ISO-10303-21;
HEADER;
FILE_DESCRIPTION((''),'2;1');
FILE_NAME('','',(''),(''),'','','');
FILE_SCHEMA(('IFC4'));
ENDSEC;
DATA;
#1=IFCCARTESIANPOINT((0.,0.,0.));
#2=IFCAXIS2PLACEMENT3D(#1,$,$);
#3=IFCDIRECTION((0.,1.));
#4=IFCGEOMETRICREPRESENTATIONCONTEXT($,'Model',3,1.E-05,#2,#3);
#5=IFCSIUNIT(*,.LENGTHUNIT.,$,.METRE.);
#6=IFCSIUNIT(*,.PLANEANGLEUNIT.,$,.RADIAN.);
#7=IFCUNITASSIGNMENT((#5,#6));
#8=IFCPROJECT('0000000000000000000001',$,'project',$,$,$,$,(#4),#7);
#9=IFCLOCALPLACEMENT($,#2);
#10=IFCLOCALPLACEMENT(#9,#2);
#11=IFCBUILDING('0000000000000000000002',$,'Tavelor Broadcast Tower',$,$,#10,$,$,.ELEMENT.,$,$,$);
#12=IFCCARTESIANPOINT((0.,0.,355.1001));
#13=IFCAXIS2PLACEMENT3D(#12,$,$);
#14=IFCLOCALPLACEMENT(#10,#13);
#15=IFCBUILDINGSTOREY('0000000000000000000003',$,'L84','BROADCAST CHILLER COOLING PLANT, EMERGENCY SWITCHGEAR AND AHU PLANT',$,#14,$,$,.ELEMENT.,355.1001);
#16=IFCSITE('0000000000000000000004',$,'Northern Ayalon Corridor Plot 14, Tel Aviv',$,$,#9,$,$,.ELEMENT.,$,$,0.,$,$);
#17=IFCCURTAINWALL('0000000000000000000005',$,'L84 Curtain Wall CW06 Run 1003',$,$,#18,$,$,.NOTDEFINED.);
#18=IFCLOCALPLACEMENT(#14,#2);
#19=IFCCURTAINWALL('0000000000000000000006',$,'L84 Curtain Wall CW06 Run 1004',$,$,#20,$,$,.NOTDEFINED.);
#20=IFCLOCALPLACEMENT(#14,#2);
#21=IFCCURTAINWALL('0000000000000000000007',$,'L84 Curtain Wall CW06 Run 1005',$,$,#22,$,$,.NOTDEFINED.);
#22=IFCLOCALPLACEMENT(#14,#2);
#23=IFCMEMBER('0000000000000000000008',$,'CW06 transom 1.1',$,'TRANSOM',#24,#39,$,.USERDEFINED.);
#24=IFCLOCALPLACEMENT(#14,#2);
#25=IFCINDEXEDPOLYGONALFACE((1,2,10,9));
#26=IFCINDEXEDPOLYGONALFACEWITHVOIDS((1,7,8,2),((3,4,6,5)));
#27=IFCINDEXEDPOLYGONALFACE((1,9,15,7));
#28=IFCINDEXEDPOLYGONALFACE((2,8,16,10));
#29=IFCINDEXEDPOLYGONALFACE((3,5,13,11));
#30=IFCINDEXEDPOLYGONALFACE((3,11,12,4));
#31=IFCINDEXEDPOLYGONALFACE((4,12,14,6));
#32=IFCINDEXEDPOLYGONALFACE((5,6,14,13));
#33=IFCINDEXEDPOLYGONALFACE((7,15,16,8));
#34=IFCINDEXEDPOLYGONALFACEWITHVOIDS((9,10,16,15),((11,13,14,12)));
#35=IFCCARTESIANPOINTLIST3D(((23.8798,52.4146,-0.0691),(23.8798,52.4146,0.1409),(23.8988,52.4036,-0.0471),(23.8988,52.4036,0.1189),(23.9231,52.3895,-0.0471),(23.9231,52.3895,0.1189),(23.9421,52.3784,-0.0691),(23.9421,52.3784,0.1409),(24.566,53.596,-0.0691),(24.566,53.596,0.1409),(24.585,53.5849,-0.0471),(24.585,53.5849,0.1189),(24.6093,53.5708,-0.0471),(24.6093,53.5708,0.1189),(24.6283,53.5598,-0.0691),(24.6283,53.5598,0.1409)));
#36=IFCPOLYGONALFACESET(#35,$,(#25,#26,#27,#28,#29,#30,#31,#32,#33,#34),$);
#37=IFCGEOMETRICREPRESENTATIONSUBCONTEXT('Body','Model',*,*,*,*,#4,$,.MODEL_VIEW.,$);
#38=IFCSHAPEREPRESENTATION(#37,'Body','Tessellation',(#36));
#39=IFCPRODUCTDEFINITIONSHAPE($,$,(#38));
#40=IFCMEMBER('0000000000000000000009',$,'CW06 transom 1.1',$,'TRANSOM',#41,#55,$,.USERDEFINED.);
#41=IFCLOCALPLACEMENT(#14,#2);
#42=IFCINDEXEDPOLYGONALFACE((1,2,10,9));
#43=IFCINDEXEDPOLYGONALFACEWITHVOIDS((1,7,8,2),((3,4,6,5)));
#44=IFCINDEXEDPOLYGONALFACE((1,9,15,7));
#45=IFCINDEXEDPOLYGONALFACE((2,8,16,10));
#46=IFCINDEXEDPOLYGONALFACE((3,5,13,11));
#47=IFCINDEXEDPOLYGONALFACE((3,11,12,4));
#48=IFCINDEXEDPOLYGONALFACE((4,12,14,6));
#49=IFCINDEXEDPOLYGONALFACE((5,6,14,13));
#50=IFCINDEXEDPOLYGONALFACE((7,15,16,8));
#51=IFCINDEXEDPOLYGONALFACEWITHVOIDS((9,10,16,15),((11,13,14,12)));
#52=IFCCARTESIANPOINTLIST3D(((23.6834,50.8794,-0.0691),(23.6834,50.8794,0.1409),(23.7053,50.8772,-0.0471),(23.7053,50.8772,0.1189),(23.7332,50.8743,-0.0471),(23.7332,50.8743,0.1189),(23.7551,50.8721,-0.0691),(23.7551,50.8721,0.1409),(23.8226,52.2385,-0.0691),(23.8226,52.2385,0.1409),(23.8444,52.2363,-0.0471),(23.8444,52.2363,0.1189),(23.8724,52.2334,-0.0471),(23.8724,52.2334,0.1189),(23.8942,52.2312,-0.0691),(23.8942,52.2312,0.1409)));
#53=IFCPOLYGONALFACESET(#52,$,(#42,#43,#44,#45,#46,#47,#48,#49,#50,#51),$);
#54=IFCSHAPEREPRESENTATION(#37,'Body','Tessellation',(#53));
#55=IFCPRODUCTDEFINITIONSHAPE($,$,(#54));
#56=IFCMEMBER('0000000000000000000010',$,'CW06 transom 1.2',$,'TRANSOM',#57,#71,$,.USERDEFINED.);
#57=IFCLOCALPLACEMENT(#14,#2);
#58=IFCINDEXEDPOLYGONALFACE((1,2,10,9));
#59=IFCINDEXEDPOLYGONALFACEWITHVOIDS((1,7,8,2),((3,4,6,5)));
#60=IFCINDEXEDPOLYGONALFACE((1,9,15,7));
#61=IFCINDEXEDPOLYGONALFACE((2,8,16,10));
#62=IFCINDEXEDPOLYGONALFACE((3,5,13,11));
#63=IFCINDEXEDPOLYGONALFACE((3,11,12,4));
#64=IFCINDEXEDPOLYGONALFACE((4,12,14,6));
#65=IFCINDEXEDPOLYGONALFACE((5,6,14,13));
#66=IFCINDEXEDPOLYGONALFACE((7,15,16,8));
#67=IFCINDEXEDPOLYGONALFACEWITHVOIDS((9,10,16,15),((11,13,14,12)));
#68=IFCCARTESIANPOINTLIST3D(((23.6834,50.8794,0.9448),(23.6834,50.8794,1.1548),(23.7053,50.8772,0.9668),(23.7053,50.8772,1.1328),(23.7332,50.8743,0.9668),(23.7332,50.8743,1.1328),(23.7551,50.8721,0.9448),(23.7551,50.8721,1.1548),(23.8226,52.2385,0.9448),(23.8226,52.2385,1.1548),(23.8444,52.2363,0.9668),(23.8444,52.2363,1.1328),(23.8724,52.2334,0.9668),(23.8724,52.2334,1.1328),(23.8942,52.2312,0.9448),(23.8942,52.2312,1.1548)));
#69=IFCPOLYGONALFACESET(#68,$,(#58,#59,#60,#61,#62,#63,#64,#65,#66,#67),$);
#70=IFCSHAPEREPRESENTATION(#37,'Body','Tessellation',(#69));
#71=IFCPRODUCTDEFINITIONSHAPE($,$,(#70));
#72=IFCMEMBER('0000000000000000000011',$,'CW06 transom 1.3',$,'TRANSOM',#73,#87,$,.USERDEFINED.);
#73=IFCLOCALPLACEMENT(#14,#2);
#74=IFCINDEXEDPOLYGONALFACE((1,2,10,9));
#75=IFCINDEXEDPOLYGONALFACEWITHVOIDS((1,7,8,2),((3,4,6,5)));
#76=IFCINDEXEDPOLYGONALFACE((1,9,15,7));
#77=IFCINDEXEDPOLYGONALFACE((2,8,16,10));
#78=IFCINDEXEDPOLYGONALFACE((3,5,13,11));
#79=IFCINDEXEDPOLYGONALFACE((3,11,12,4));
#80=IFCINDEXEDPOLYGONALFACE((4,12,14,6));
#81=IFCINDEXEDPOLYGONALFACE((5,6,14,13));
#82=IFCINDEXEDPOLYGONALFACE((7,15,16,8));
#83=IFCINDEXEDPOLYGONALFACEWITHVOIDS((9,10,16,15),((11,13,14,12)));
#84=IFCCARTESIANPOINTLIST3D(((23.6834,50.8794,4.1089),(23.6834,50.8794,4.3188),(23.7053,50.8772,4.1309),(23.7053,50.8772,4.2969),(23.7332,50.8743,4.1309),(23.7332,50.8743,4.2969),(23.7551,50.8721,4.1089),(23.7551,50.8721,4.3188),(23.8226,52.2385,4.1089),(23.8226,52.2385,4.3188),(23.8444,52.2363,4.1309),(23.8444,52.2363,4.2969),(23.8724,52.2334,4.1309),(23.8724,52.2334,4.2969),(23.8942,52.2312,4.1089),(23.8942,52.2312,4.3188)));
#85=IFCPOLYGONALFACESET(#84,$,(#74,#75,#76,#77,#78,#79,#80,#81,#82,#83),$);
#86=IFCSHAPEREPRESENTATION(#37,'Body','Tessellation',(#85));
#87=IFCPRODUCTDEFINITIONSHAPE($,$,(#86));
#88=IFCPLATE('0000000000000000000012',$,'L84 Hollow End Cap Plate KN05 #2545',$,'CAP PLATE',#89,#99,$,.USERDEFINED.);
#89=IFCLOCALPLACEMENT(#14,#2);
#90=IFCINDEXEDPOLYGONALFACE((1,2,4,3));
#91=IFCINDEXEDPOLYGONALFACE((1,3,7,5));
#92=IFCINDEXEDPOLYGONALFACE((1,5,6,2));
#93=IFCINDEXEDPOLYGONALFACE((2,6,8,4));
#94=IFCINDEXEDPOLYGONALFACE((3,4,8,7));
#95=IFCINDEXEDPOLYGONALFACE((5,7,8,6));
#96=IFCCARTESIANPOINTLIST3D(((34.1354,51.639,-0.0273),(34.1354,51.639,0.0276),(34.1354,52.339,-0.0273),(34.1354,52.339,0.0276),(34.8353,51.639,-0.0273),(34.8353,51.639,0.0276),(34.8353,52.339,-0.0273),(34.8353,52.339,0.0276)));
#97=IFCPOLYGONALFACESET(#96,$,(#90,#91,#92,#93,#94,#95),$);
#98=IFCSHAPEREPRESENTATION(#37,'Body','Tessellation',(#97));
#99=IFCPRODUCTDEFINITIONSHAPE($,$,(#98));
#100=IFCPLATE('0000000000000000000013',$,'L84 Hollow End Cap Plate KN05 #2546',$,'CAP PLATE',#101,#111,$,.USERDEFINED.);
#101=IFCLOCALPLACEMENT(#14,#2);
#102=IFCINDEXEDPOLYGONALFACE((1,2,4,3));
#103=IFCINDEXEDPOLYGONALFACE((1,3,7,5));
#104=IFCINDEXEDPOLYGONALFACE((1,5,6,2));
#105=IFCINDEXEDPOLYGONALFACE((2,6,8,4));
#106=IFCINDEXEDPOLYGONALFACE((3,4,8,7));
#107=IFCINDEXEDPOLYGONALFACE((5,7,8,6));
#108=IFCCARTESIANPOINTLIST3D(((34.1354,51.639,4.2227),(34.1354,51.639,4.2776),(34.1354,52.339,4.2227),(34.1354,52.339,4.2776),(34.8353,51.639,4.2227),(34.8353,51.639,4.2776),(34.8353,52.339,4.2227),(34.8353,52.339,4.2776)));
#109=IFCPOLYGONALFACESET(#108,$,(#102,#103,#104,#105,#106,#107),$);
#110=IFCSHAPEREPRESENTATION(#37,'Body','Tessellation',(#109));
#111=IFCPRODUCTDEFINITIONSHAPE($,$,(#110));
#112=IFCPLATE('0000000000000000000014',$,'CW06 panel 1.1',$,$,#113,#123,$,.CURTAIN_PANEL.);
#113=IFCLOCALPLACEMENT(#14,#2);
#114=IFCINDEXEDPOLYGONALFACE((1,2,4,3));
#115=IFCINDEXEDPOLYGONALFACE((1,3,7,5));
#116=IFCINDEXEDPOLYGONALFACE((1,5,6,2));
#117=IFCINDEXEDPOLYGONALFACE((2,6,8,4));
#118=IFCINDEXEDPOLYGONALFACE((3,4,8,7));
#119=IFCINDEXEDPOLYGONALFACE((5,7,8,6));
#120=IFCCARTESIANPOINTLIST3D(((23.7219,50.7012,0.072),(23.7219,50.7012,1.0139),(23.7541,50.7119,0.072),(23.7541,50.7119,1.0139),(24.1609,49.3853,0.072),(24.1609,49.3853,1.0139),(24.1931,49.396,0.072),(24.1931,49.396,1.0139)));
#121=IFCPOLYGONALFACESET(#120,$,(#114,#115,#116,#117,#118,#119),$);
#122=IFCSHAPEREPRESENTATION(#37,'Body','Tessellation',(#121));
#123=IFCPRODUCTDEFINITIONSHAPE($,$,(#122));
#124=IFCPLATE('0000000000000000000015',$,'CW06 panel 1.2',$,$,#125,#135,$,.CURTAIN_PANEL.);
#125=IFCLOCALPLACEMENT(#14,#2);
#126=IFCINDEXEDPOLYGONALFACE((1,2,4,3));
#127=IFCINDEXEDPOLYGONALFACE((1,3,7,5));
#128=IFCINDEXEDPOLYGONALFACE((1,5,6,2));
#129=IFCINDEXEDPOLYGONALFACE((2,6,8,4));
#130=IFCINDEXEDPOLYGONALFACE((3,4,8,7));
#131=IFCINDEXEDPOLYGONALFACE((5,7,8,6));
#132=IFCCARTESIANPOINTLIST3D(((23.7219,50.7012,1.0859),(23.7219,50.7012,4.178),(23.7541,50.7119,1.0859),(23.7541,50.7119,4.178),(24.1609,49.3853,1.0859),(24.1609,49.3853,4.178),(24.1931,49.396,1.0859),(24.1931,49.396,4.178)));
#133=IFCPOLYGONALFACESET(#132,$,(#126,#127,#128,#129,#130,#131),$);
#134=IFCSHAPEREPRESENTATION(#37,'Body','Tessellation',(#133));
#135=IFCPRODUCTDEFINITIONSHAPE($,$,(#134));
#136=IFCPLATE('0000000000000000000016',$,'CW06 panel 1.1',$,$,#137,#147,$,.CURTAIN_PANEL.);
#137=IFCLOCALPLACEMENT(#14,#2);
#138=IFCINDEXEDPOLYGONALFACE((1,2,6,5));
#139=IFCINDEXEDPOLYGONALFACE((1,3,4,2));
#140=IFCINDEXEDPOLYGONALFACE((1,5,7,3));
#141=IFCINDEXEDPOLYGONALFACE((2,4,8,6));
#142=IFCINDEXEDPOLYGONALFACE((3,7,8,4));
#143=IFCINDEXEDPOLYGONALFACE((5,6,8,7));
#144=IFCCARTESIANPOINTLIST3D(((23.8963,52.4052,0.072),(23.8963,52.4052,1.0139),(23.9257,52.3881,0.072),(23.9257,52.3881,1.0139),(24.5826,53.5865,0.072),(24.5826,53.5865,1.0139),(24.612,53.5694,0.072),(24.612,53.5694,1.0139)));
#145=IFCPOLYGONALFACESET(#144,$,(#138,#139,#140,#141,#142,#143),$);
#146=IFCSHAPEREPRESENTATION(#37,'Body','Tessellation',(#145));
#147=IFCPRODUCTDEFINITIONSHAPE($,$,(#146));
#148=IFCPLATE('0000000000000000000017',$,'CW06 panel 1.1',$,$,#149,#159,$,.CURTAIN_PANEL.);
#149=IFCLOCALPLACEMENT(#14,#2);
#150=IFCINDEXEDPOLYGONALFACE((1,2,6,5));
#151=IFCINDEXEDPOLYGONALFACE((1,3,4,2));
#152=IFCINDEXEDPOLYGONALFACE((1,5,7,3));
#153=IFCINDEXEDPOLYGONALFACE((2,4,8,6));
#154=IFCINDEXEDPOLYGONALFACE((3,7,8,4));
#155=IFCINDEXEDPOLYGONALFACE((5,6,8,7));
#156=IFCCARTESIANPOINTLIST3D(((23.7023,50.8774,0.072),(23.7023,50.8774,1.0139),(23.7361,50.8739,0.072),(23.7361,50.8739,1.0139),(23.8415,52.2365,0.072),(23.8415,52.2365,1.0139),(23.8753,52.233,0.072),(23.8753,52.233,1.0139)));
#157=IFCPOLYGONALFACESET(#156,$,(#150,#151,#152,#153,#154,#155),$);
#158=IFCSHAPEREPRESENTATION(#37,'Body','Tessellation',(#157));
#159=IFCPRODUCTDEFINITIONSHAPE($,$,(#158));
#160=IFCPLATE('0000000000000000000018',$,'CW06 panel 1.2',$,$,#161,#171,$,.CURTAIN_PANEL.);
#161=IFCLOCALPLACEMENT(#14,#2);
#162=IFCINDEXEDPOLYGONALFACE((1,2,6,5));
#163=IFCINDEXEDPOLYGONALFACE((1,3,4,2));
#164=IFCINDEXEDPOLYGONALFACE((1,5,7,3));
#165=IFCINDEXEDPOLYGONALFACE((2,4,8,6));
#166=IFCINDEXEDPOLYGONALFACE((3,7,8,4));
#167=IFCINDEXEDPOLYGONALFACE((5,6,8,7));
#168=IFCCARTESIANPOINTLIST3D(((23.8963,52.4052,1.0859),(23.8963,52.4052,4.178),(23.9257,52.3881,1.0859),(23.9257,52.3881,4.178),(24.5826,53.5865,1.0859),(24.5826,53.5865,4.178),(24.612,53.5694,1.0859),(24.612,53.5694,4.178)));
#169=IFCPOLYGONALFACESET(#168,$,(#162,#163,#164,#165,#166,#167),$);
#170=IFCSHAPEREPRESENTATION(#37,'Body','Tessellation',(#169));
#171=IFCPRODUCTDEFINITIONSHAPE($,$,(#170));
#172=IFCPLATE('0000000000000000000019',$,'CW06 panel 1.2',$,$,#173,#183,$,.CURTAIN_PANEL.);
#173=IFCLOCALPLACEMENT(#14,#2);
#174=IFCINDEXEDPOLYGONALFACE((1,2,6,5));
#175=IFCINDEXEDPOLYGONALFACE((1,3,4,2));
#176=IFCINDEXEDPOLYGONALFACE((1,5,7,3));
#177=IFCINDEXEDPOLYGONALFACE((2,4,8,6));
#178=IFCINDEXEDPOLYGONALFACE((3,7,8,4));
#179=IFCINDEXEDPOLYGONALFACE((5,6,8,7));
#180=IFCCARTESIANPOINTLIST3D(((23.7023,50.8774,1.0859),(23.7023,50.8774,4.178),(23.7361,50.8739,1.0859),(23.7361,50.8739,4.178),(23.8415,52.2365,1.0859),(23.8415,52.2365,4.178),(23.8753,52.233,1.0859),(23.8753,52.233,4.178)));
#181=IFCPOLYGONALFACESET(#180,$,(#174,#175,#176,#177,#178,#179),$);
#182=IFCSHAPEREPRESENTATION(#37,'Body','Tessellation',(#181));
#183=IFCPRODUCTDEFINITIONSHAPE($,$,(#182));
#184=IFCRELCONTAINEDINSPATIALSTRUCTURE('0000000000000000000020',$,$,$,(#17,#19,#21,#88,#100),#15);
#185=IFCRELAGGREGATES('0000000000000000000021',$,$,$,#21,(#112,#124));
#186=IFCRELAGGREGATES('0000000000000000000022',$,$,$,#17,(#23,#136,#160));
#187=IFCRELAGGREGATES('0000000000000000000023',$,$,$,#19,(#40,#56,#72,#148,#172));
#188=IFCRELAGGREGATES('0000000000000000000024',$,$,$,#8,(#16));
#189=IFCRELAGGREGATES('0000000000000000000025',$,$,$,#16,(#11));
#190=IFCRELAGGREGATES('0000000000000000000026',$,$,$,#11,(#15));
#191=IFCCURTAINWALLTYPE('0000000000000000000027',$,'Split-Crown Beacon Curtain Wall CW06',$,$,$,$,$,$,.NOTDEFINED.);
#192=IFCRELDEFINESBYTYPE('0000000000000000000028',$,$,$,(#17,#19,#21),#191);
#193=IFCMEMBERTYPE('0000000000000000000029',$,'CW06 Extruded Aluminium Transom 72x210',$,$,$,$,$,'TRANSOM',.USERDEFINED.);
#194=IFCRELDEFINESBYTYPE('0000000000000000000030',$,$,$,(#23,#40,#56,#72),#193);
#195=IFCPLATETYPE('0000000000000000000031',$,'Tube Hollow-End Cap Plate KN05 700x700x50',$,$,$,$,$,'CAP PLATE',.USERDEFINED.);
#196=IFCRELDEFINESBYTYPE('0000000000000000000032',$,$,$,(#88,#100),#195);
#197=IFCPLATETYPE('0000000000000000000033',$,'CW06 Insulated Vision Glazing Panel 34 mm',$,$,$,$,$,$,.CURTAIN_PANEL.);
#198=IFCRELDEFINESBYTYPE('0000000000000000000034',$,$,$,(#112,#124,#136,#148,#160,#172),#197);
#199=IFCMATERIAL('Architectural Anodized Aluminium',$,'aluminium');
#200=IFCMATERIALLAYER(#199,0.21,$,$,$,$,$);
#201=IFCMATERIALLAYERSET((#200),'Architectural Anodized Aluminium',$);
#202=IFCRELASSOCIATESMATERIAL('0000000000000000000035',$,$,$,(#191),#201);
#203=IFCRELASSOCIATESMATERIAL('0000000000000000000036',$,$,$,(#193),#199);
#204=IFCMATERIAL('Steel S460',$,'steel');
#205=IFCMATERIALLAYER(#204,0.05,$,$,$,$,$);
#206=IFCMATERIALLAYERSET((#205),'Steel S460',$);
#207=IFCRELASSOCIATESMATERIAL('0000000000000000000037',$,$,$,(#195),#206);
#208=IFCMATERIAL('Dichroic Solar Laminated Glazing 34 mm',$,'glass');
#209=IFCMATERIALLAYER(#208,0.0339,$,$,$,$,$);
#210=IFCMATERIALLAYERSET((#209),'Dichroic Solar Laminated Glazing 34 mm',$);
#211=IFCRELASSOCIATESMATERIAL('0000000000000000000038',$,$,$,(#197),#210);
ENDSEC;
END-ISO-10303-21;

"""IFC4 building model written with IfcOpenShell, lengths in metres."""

from ifc_helpers import new_model, si_unit, direction, frame, origin, origin_2d, place, context, subcontext, project, spatial, rectangle, hollow_rectangle, extrude, source, transform, mapped, material, layer, layer_set, material_profile, profile_set, type_object, type_shapes, element, aggregate, save


model = new_model("IFC4")

# Units and contexts
model_context = context("Model", 3, precision=1e-05, world=origin(), true_north=direction((0.0, 1.0)))
body_context = subcontext(model_context, "Body", "Model", "MODEL_VIEW")
ifc_project = project(units=[si_unit("LENGTHUNIT", "METRE"), si_unit("PLANEANGLEUNIT", "RADIAN")], contexts=[model_context])

# Site, building, storey
site_placement = place(None, origin())
site = spatial("IfcSite", under=ifc_project, at=site_placement, Name="Northern Ayalon Corridor Plot 14, Tel Aviv", CompositionType="ELEMENT", RefElevation=0.0)
building_placement = place(site_placement, origin())
building = spatial("IfcBuilding", under=site, at=building_placement, Name="Tavelor Broadcast Tower", CompositionType="ELEMENT")
storey_placement = place(building_placement, frame((0.0, 0.0, 355.1001)))
storey = spatial("IfcBuildingStorey", under=building, at=storey_placement, Name="L84", Description="BROADCAST CHILLER COOLING PLANT, EMERGENCY SWITCHGEAR AND AHU PLANT", CompositionType="ELEMENT", Elevation=355.1001)

# Curtain wall
ifc_material_1 = material(Name="Architectural Anodized Aluminium", Category="aluminium")
ifc_layer_1 = layer(ifc_material_1, 0.21)
ifc_layer_set_1 = layer_set([ifc_layer_1], Name="Architectural Anodized Aluminium")
curtain_wall_type = type_object("IfcCurtainWallType", Name="Split-Crown Beacon Curtain Wall CW06", PredefinedType="NOTDEFINED", material=ifc_layer_set_1)
curtain_wall_1_placement = place(storey_placement, origin())
curtain_wall_1 = element("IfcCurtainWall", 1, at=curtain_wall_1_placement, inside=storey, type_object=curtain_wall_type, Name="L84 Curtain Wall CW06 Run 1003", PredefinedType="NOTDEFINED")

# Curtain walls
curtain_wall_2_placement = place(storey_placement, origin())
curtain_wall_2 = element("IfcCurtainWall", 2, at=curtain_wall_2_placement, inside=storey, type_object=curtain_wall_type, Name="L84 Curtain Wall CW06 Run 1004", PredefinedType="NOTDEFINED")
curtain_wall_3_placement = place(storey_placement, origin())
curtain_wall_3 = element("IfcCurtainWall", 3, at=curtain_wall_3_placement, inside=storey, type_object=curtain_wall_type, Name="L84 Curtain Wall CW06 Run 1005", PredefinedType="NOTDEFINED")
ifc_material_profile_1 = material_profile(ifc_material_1, hollow_rectangle(XDim=0.072, YDim=0.21, WallThickness=0.022, at=origin_2d()), Name="RHS 72x210x22")
ifc_profile_set_1 = profile_set([ifc_material_profile_1], Name="Architectural Anodized Aluminium")
member_type_1 = type_object("IfcMemberType", Name="CW06 Extruded Aluminium Transom 72x210", ElementType="TRANSOM", PredefinedType="USERDEFINED", material=ifc_profile_set_1)

# Members
shared_shape_1 = source(origin(), body_context, "Body", "SweptSolid", [
    extrude(hollow_rectangle(XDim=0.072, YDim=0.21, WallThickness=0.022, at=origin_2d()), origin(), (0.0, 0.0, 1.0), 1.3662),
])
member_1_placement = place(storey_placement, frame((24.5972, 53.5779, 0.0359), z_axis=(-0.502304, -0.864691, 0.0), x_axis=(0.864691, -0.502304, 0.0)))
member_1 = element("IfcMember", 4, at=member_1_placement, type_object=member_type_1, Name="CW06 transom 1.1", ObjectType="TRANSOM", PredefinedType="USERDEFINED", context=body_context, shape_type="MappedRepresentation", body=[
    mapped(shared_shape_1, transform((0.0, 0.0, 0.0), scale=1.0)),
])
member_2_placement = place(storey_placement, frame((23.8584, 52.2349, 0.0359), z_axis=(-0.101857, -0.994799, 0.0), x_axis=(0.994799, -0.101857, 0.0)))
member_2 = element("IfcMember", 5, at=member_2_placement, type_object=member_type_1, Name="CW06 transom 1.1", ObjectType="TRANSOM", PredefinedType="USERDEFINED", context=body_context, shape_type="MappedRepresentation", body=[
    mapped(shared_shape_1, transform((0.0, 0.0, 0.0), scale=1.0)),
])
member_3_placement = place(storey_placement, frame((23.8584, 52.2349, 1.0498), z_axis=(-0.101857, -0.994799, 0.0), x_axis=(0.994799, -0.101857, 0.0)))
member_3 = element("IfcMember", 6, at=member_3_placement, type_object=member_type_1, Name="CW06 transom 1.2", ObjectType="TRANSOM", PredefinedType="USERDEFINED", context=body_context, shape_type="MappedRepresentation", body=[
    mapped(shared_shape_1, transform((0.0, 0.0, 0.0), scale=1.0)),
])
member_4_placement = place(storey_placement, frame((23.8584, 52.2349, 4.2139), z_axis=(-0.101857, -0.994799, 0.0), x_axis=(0.994799, -0.101857, 0.0)))
member_4 = element("IfcMember", 7, at=member_4_placement, type_object=member_type_1, Name="CW06 transom 1.3", ObjectType="TRANSOM", PredefinedType="USERDEFINED", context=body_context, shape_type="MappedRepresentation", body=[
    mapped(shared_shape_1, transform((0.0, 0.0, 0.0), scale=1.0)),
])

# Plates
ifc_material_2 = material(Name="Steel S460", Category="steel")
ifc_layer_2 = layer(ifc_material_2, 0.05)
ifc_layer_set_2 = layer_set([ifc_layer_2], Name="Steel S460")
plate_type_1 = type_object("IfcPlateType", Name="Tube Hollow-End Cap Plate KN05 700x700x50", ElementType="CAP PLATE", PredefinedType="USERDEFINED", material=ifc_layer_set_2)
shared_shape_2 = source(origin(), body_context, "Body", "SweptSolid", [
    extrude(rectangle(XDim=0.7, YDim=0.7, at=origin_2d()), origin(), (0.0, 0.0, 1.0), 0.0549),
])
type_shapes(plate_type_1, [shared_shape_2])
for number, where, z_axis, x_axis, name in (
    (8, (34.4854, 51.989, -0.0273), (0.0, 0.0, 1.0), (1.0, 0.0, 0.0), "L84 Hollow End Cap Plate KN05 #2545"),
    (9, (34.4854, 51.989, 4.2227), (0.0, 0.0, 1.0), (1.0, 0.0, 0.0), "L84 Hollow End Cap Plate KN05 #2546"),
):
    element("IfcPlate", number, at=place(storey_placement, frame(where, z_axis=z_axis, x_axis=x_axis)), inside=storey, type_object=plate_type_1, Name=name, ObjectType="CAP PLATE", PredefinedType="USERDEFINED", context=body_context, shape_type="MappedRepresentation", body=[
        mapped(shared_shape_2, transform((0.0, 0.0, 0.0), scale=1.0)),
    ])

# Plates
ifc_material_3 = material(Name="Dichroic Solar Laminated Glazing 34 mm", Category="glass")
ifc_layer_3 = layer(ifc_material_3, 0.0339)
ifc_layer_set_3 = layer_set([ifc_layer_3], Name="Dichroic Solar Laminated Glazing 34 mm")
plate_type_2 = type_object("IfcPlateType", Name="CW06 Insulated Vision Glazing Panel 34 mm", PredefinedType="CURTAIN_PANEL", material=ifc_layer_set_3)
shared_shape_3 = source(origin(), body_context, "Body", "SweptSolid", [
    extrude(rectangle(XDim=1.3872, YDim=0.0339, at=origin_2d()), origin(), (0.0, 0.0, 1.0), 0.9419),
])
plate_1_placement = place(storey_placement, frame((23.9575, 50.0486, 0.072), z_axis=(0.0, 0.0, 1.0), x_axis=(0.316482, -0.948598, 0.0)))
plate_1 = element("IfcPlate", 10, at=plate_1_placement, type_object=plate_type_2, Name="CW06 panel 1.1", PredefinedType="CURTAIN_PANEL", context=body_context, shape_type="MappedRepresentation", body=[
    mapped(shared_shape_3, transform((0.0, 0.0, 0.0), scale=1.0)),
])
shared_shape_4 = source(origin(), body_context, "Body", "SweptSolid", [
    extrude(rectangle(XDim=1.3872, YDim=0.0339, at=origin_2d()), origin(), (0.0, 0.0, 1.0), 3.092),
])
plate_2_placement = place(storey_placement, frame((23.9575, 50.0486, 1.0859), z_axis=(0.0, 0.0, 1.0), x_axis=(0.316482, -0.948598, 0.0)))
plate_2 = element("IfcPlate", 11, at=plate_2_placement, type_object=plate_type_2, Name="CW06 panel 1.2", PredefinedType="CURTAIN_PANEL", context=body_context, shape_type="MappedRepresentation", body=[
    mapped(shared_shape_4, transform((0.0, 0.0, 0.0), scale=1.0)),
])
aggregate(curtain_wall_3, [plate_1, plate_2])
shared_shape_5 = source(origin(), body_context, "Body", "SweptSolid", [
    extrude(rectangle(XDim=1.3662, YDim=0.0339, at=origin_2d()), origin(), (0.0, 0.0, 1.0), 0.9419),
])
plate_3_placement = place(storey_placement, frame((24.2542, 52.9873, 0.072), z_axis=(0.0, 0.0, 1.0), x_axis=(-0.50233, -0.864676, 0.0)))
plate_3 = element("IfcPlate", 12, at=plate_3_placement, type_object=plate_type_2, Name="CW06 panel 1.1", PredefinedType="CURTAIN_PANEL", context=body_context, shape_type="MappedRepresentation", body=[
    mapped(shared_shape_5, transform((0.0, 0.0, 0.0), scale=1.0)),
])
plate_4_placement = place(storey_placement, frame((23.7888, 51.5552, 0.072), z_axis=(0.0, 0.0, 1.0), x_axis=(-0.101903, -0.994794, 0.0)))
plate_4 = element("IfcPlate", 13, at=plate_4_placement, type_object=plate_type_2, Name="CW06 panel 1.1", PredefinedType="CURTAIN_PANEL", context=body_context, shape_type="MappedRepresentation", body=[
    mapped(shared_shape_5, transform((0.0, 0.0, 0.0), scale=1.0)),
])
shared_shape_6 = source(origin(), body_context, "Body", "SweptSolid", [
    extrude(rectangle(XDim=1.3662, YDim=0.0339, at=origin_2d()), origin(), (0.0, 0.0, 1.0), 3.092),
])
type_shapes(plate_type_2, [shared_shape_3, shared_shape_4, shared_shape_5, shared_shape_6])
plate_5_placement = place(storey_placement, frame((24.2542, 52.9873, 1.0859), z_axis=(0.0, 0.0, 1.0), x_axis=(-0.50233, -0.864676, 0.0)))
plate_5 = element("IfcPlate", 14, at=plate_5_placement, type_object=plate_type_2, Name="CW06 panel 1.2", PredefinedType="CURTAIN_PANEL", context=body_context, shape_type="MappedRepresentation", body=[
    mapped(shared_shape_6, transform((0.0, 0.0, 0.0), scale=1.0)),
])
aggregate(curtain_wall_1, [member_1, plate_3, plate_5])
plate_6_placement = place(storey_placement, frame((23.7888, 51.5552, 1.0859), z_axis=(0.0, 0.0, 1.0), x_axis=(-0.101903, -0.994794, 0.0)))
plate_6 = element("IfcPlate", 15, at=plate_6_placement, type_object=plate_type_2, Name="CW06 panel 1.2", PredefinedType="CURTAIN_PANEL", context=body_context, shape_type="MappedRepresentation", body=[
    mapped(shared_shape_6, transform((0.0, 0.0, 0.0), scale=1.0)),
])
aggregate(curtain_wall_2, [member_2, member_3, member_4, plate_4, plate_6])

save(model, "model.ifc")
